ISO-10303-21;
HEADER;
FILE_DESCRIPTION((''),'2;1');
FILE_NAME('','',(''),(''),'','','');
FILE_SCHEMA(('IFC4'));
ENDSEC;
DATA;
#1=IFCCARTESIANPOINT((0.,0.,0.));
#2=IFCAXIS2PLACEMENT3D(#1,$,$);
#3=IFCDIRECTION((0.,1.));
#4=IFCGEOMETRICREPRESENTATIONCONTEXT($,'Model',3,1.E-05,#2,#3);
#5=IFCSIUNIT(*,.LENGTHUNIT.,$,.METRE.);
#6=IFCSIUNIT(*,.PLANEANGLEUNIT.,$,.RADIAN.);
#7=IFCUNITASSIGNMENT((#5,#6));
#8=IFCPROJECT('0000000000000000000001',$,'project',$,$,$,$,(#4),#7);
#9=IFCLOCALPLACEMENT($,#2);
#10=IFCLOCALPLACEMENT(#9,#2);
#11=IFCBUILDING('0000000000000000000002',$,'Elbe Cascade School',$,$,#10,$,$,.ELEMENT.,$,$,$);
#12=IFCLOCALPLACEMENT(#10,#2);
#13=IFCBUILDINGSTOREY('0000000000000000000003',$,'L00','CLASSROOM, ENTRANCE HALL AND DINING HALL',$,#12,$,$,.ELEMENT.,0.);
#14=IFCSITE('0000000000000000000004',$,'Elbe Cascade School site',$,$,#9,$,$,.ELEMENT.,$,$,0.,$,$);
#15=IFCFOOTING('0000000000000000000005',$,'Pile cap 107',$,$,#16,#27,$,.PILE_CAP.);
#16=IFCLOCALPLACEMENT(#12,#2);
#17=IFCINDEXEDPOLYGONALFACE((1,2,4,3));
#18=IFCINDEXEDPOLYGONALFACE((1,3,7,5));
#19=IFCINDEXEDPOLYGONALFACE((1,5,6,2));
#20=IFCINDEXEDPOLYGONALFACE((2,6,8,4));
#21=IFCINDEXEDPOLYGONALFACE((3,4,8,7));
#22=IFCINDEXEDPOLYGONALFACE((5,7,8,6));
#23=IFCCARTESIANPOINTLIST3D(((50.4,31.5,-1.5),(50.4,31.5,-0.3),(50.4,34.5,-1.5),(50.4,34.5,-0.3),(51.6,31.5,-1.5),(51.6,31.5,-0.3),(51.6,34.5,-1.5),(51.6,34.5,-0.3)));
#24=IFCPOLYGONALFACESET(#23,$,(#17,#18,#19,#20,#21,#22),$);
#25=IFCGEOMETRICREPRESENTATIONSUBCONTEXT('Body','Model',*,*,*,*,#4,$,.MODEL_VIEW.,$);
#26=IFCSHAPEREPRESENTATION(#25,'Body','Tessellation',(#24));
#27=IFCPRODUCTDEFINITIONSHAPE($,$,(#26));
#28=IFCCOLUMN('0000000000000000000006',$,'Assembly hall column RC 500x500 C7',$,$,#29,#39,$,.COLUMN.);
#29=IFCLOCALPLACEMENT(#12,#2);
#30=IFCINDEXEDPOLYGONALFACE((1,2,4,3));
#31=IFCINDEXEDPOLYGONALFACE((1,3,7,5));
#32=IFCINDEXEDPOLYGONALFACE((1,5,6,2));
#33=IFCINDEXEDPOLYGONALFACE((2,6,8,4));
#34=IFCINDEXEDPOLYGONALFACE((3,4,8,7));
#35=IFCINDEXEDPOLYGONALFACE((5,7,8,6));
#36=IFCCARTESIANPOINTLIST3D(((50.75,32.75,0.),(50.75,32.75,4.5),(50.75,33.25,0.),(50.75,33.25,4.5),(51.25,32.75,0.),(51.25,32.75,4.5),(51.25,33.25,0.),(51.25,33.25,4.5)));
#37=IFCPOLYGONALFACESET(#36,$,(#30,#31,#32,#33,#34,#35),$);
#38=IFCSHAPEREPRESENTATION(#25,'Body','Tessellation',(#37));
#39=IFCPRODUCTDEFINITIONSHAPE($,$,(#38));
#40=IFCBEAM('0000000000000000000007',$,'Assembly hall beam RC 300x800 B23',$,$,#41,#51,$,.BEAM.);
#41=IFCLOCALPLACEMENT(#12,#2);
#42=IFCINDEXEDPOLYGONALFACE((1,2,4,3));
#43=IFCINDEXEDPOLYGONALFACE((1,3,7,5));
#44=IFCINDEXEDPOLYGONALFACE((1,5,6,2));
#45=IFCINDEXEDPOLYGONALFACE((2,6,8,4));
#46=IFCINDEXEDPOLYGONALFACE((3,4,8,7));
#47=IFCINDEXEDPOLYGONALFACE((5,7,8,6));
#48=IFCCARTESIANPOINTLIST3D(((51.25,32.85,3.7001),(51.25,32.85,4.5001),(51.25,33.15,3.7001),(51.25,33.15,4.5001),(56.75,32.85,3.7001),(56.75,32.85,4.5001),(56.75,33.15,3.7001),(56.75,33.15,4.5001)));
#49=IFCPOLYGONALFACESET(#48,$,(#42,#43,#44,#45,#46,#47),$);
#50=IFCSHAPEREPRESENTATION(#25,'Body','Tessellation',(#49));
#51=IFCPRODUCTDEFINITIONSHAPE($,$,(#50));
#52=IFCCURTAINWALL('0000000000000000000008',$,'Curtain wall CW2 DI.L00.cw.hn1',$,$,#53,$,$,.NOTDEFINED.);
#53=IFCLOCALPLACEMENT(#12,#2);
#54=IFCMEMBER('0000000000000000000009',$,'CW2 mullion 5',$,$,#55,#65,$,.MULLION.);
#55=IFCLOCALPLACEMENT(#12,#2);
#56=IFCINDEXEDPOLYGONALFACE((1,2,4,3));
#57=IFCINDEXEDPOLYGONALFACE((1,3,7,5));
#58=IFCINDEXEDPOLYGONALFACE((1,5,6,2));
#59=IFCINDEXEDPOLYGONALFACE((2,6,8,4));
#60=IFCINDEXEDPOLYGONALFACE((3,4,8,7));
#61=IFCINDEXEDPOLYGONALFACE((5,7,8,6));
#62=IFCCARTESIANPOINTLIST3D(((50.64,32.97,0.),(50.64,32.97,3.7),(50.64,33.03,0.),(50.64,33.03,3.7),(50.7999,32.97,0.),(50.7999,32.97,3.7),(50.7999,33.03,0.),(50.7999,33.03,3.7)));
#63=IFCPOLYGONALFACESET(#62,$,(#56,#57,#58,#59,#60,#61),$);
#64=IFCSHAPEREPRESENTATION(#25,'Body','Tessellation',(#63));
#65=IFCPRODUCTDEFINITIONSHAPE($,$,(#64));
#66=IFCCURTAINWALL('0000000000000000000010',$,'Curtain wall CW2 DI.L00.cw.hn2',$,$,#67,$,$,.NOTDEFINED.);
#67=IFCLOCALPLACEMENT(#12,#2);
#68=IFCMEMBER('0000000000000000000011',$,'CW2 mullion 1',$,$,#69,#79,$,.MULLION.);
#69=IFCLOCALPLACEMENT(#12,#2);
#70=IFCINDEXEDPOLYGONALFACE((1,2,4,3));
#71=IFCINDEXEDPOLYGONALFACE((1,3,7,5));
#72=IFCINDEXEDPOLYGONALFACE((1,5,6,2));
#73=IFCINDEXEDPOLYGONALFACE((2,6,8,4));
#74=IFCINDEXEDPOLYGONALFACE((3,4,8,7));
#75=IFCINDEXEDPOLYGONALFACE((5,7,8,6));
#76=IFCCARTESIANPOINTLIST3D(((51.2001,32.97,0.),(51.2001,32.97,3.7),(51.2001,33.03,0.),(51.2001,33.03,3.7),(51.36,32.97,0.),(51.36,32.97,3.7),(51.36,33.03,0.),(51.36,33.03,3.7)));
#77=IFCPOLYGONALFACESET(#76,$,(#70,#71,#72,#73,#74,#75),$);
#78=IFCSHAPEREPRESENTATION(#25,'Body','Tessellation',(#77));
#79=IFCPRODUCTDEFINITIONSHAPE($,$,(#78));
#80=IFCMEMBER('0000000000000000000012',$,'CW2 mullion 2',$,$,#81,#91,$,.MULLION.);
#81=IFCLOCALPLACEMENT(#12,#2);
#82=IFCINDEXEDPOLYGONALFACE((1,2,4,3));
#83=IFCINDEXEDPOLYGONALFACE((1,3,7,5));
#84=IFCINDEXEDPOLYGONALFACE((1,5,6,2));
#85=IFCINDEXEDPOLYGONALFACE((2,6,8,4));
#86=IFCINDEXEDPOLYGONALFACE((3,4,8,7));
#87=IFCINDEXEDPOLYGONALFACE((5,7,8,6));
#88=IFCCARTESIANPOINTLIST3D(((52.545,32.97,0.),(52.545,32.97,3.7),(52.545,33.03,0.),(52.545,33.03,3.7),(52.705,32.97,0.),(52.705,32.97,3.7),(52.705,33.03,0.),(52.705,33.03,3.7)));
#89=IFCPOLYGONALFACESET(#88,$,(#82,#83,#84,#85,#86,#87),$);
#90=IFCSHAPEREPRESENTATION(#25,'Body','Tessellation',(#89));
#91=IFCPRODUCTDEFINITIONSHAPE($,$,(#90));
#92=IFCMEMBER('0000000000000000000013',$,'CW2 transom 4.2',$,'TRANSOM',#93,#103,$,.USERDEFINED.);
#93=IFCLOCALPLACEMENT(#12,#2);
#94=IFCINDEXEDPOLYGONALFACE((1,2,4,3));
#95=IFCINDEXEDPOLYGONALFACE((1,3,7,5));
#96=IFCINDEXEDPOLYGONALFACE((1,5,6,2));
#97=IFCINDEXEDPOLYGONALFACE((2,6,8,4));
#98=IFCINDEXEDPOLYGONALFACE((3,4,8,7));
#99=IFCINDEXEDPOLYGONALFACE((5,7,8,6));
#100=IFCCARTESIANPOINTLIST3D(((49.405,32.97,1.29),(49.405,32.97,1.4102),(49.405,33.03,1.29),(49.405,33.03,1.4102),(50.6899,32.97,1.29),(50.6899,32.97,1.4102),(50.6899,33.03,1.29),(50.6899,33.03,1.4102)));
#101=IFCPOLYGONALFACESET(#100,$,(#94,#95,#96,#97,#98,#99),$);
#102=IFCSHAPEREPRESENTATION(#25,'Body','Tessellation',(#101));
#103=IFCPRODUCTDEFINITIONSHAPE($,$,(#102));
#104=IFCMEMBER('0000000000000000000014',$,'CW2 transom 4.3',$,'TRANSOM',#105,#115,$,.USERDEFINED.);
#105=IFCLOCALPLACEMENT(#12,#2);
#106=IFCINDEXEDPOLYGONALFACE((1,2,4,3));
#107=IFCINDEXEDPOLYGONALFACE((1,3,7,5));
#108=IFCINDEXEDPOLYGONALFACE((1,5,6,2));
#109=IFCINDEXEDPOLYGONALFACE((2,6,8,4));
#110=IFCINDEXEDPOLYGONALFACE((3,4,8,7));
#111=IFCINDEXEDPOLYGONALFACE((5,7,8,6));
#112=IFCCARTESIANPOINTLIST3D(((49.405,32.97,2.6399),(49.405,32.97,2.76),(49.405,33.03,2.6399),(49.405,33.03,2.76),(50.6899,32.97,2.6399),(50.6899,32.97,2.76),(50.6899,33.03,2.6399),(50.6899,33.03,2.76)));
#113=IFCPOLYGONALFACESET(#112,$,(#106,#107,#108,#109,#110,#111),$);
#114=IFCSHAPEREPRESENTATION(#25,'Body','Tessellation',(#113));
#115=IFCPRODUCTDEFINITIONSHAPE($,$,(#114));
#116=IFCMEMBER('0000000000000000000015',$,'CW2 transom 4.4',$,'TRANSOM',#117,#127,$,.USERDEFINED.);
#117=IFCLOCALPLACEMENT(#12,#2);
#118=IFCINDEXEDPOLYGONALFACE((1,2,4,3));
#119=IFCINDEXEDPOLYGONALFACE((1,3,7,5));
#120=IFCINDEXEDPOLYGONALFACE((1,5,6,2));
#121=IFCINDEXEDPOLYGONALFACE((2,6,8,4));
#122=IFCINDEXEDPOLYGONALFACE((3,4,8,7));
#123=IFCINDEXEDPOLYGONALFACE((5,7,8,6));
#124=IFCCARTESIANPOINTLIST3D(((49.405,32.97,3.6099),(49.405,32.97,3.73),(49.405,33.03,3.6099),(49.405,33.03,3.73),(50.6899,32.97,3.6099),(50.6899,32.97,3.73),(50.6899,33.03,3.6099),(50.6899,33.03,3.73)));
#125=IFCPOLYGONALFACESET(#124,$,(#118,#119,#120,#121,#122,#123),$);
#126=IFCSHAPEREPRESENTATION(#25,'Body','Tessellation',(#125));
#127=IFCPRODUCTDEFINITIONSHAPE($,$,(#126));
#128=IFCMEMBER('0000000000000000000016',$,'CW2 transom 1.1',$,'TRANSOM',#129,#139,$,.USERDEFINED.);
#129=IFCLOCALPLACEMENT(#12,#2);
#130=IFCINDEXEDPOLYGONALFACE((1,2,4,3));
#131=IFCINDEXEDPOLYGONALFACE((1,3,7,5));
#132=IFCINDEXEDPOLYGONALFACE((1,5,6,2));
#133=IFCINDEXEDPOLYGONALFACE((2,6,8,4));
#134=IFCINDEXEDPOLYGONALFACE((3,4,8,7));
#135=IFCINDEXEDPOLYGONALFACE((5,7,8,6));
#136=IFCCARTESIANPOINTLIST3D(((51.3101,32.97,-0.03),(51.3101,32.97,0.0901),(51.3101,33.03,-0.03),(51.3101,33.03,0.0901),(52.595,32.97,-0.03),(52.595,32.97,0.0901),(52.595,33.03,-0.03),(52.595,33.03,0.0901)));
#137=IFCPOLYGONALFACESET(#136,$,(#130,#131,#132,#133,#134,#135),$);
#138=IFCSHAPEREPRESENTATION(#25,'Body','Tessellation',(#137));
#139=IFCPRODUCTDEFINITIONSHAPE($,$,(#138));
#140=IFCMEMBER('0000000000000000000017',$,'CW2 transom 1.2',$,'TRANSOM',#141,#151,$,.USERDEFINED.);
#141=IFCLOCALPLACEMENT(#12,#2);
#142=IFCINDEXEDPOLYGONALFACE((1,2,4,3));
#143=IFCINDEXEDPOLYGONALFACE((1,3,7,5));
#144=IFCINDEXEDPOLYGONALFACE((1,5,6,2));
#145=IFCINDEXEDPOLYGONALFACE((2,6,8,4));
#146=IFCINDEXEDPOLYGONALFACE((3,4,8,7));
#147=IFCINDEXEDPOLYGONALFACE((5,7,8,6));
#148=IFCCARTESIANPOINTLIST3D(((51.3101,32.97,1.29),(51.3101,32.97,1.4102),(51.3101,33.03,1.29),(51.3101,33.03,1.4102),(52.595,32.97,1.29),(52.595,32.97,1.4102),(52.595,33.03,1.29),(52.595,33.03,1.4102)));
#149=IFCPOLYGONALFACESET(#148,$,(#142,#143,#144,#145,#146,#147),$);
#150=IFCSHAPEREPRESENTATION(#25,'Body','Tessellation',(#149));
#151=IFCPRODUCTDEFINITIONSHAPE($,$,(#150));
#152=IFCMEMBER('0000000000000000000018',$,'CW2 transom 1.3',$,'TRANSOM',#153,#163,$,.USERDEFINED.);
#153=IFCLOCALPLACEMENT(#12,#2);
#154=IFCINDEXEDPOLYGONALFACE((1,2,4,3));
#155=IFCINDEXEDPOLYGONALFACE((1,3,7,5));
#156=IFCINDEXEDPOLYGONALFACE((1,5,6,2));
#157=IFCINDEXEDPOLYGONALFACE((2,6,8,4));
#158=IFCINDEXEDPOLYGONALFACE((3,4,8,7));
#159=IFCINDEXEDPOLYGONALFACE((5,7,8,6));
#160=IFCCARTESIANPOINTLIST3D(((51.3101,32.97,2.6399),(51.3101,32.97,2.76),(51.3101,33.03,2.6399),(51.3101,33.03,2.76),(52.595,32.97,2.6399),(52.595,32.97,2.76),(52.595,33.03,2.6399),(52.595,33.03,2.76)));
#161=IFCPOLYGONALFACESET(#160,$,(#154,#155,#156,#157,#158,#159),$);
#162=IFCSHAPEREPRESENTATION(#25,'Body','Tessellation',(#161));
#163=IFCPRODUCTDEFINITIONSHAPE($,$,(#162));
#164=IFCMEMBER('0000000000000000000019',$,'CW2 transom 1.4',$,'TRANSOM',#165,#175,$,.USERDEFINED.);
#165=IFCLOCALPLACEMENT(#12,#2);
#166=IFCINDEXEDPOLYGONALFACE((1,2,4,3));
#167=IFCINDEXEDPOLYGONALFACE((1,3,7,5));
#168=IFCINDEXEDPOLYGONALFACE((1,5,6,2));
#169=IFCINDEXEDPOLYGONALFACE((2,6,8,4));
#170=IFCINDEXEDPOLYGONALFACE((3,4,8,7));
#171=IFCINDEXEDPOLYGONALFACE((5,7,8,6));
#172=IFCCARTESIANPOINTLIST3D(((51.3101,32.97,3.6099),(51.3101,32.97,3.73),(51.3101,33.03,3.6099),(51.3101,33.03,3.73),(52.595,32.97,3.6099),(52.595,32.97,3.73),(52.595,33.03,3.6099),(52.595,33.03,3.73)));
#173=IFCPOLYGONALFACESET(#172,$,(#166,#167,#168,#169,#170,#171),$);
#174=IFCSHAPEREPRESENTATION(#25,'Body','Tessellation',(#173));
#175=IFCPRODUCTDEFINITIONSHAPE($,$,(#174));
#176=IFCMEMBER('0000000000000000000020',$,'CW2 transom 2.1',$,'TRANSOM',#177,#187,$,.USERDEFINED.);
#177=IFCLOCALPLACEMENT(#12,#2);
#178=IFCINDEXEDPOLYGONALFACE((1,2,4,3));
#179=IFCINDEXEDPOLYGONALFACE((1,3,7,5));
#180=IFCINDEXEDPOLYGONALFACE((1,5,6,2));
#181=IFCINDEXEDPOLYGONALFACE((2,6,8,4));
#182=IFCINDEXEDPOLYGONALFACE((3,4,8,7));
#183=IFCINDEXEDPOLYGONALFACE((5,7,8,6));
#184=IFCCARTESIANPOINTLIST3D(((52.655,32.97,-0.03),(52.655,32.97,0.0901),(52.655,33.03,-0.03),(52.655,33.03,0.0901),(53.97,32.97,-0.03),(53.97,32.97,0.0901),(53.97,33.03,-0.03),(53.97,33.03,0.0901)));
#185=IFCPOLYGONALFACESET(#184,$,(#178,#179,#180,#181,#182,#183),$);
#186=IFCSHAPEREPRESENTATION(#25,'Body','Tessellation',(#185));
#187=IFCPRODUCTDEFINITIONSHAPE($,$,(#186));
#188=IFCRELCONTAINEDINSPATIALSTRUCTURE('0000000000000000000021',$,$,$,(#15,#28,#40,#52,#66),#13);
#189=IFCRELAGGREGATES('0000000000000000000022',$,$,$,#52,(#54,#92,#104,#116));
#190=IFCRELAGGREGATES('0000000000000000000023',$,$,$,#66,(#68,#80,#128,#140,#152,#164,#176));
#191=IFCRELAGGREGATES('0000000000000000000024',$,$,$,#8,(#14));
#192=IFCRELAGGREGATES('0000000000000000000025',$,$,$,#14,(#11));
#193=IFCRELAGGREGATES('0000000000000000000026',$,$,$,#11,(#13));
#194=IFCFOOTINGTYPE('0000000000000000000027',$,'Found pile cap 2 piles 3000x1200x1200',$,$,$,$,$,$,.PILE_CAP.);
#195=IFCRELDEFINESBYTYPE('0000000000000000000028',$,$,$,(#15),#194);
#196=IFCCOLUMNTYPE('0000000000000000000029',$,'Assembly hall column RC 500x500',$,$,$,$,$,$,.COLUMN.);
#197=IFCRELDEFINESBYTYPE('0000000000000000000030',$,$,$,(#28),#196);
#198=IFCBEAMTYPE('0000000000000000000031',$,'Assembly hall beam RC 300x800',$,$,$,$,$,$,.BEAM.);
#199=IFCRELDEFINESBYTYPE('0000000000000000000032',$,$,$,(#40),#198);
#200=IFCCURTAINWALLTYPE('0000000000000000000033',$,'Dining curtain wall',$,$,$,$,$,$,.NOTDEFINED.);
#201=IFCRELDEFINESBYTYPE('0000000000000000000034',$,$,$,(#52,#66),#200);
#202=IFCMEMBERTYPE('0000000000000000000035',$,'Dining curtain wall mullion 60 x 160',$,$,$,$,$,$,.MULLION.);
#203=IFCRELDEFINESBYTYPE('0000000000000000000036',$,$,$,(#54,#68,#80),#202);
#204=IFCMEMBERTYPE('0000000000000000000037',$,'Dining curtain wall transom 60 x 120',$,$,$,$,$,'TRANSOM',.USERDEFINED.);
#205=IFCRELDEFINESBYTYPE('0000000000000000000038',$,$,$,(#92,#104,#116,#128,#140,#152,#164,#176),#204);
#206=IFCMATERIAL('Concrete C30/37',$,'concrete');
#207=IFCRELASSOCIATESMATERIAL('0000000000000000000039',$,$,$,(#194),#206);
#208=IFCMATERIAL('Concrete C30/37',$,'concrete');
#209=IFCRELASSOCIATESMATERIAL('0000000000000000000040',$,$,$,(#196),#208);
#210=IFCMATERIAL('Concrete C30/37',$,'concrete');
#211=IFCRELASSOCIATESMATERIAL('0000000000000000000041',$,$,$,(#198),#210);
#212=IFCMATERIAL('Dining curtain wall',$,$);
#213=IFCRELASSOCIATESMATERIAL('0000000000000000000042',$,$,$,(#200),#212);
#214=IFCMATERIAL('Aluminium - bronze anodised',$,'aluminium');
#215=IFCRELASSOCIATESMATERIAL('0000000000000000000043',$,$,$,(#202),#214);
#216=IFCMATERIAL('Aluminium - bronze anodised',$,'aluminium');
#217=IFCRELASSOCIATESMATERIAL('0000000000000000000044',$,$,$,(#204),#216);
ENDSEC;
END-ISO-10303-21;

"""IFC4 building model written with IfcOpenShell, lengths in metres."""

from ifc_helpers import new_model, si_unit, direction, frame, origin, origin_2d, place, context, subcontext, project, spatial, rectangle, extrude, material, material_profile, profile_set, type_object, element, aggregate, save


model = new_model("IFC4")

# Units and contexts
model_context = context("Model", 3, precision=1e-05, world=origin(), true_north=direction((0.0, 1.0)))
body_context = subcontext(model_context, "Body", "Model", "MODEL_VIEW")
ifc_project = project(units=[si_unit("LENGTHUNIT", "METRE"), si_unit("PLANEANGLEUNIT", "RADIAN")], contexts=[model_context])

# Site, building, storey
site_placement = place(None, origin())
site = spatial("IfcSite", under=ifc_project, at=site_placement, Name="Elbe Cascade School site", CompositionType="ELEMENT", RefElevation=0.0)
building_placement = place(site_placement, origin())
building = spatial("IfcBuilding", under=site, at=building_placement, Name="Elbe Cascade School", CompositionType="ELEMENT")
storey_placement = place(building_placement, origin())
storey = spatial("IfcBuildingStorey", under=building, at=storey_placement, Name="L00", Description="CLASSROOM, ENTRANCE HALL AND DINING HALL", CompositionType="ELEMENT", Elevation=0.0)

# Footing
ifc_material_1 = material(Name="Concrete C30/37", Category="concrete")
footing_type = type_object("IfcFootingType", Name="Found pile cap 2 piles 3000x1200x1200", PredefinedType="PILE_CAP", material=ifc_material_1)
footing_placement = place(storey_placement, frame((51.0, 33.0, -1.5), z_axis=(0.0, 0.0, 1.0), x_axis=(1.0, 0.0, 0.0)))
element("IfcFooting", 1, at=footing_placement, inside=storey, type_object=footing_type, Name="Pile cap 107", PredefinedType="PILE_CAP", context=body_context, shape_type="SweptSolid", body=[
    extrude(rectangle(XDim=1.2, YDim=3.0, at=origin_2d()), origin(), (0.0, 0.0, 1.0), 1.2),
])

# Column
ifc_material_2 = material(Name="Concrete C30/37", Category="concrete")
ifc_material_profile_1 = material_profile(ifc_material_2, rectangle(XDim=0.5, YDim=0.5, at=origin_2d()), Name="RC 500x500")
ifc_profile_set_1 = profile_set([ifc_material_profile_1], Name="Concrete C30/37")
column_type = type_object("IfcColumnType", Name="Assembly hall column RC 500x500", PredefinedType="COLUMN", material=ifc_profile_set_1)
column_placement = place(storey_placement, frame((51.0, 33.0, 0.0), z_axis=(0.0, 0.0, 1.0), x_axis=(1.0, 0.0, 0.0)))
element("IfcColumn", 2, at=column_placement, inside=storey, type_object=column_type, Name="Assembly hall column RC 500x500 C7", PredefinedType="COLUMN", context=body_context, shape_type="SweptSolid", body=[
    extrude(rectangle(XDim=0.5, YDim=0.5, at=origin_2d()), origin(), (0.0, 0.0, 1.0), 4.5),
])

# Beam
ifc_material_3 = material(Name="Concrete C30/37", Category="concrete")
ifc_material_profile_2 = material_profile(ifc_material_3, rectangle(XDim=0.3, YDim=0.8, at=origin_2d()), Name="RC 300x800")
ifc_profile_set_2 = profile_set([ifc_material_profile_2], Name="Concrete C30/37")
beam_type_1 = type_object("IfcBeamType", Name="Assembly hall beam RC 300x800", PredefinedType="BEAM", material=ifc_profile_set_2)
beam_1_placement = place(storey_placement, frame((51.25, 33.0, 4.1001), z_axis=(1.0, 0.0, 0.0), x_axis=(0.0, 1.0, 0.0)))
element("IfcBeam", 3, at=beam_1_placement, inside=storey, type_object=beam_type_1, Name="Assembly hall beam RC 300x800 B23", PredefinedType="BEAM", context=body_context, shape_type="SweptSolid", body=[
    extrude(rectangle(XDim=0.3, YDim=0.8, at=origin_2d()), origin(), (0.0, 0.0, 1.0), 5.5),
])

# Curtain wall, member
ifc_material_4 = material(Name="Dining curtain wall")
curtain_wall_type = type_object("IfcCurtainWallType", Name="Dining curtain wall", PredefinedType="NOTDEFINED", material=ifc_material_4)
curtain_wall_1_placement = place(storey_placement, origin())
curtain_wall_1 = element("IfcCurtainWall", 4, at=curtain_wall_1_placement, inside=storey, type_object=curtain_wall_type, Name="Curtain wall CW2 DI.L00.cw.hn1", PredefinedType="NOTDEFINED")
ifc_material_5 = material(Name="Aluminium - bronze anodised", Category="aluminium")
ifc_material_profile_3 = material_profile(ifc_material_5, rectangle(XDim=0.0601, YDim=0.1599, at=origin_2d()), Name="RECT 60x160")
ifc_profile_set_3 = profile_set([ifc_material_profile_3], Name="Aluminium - bronze anodised")
member_type_1 = type_object("IfcMemberType", Name="Dining curtain wall mullion 60 x 160", PredefinedType="MULLION", material=ifc_profile_set_3)
member_1_placement = place(storey_placement, frame((50.72, 33.0, 0.0), z_axis=(0.0, 0.0, 1.0), x_axis=(0.0, 1.0, 0.0)))
member_1 = element("IfcMember", 5, at=member_1_placement, type_object=member_type_1, Name="CW2 mullion 5", PredefinedType="MULLION", context=body_context, shape_type="SweptSolid", body=[
    extrude(rectangle(XDim=0.0601, YDim=0.1599, at=origin_2d()), origin(), (0.0, 0.0, 1.0), 3.7),
])

# Curtain wall, members
curtain_wall_2_placement = place(storey_placement, origin())
curtain_wall_2 = element("IfcCurtainWall", 6, at=curtain_wall_2_placement, inside=storey, type_object=curtain_wall_type, Name="Curtain wall CW2 DI.L00.cw.hn2", PredefinedType="NOTDEFINED")
member_2_placement = place(storey_placement, frame((51.28, 33.0, 0.0), z_axis=(0.0, 0.0, 1.0), x_axis=(0.0, 1.0, 0.0)))
member_2 = element("IfcMember", 7, at=member_2_placement, type_object=member_type_1, Name="CW2 mullion 1", PredefinedType="MULLION", context=body_context, shape_type="SweptSolid", body=[
    extrude(rectangle(XDim=0.0601, YDim=0.1599, at=origin_2d()), origin(), (0.0, 0.0, 1.0), 3.7),
])
member_3_placement = place(storey_placement, frame((52.625, 33.0, 0.0), z_axis=(0.0, 0.0, 1.0), x_axis=(0.0, 1.0, 0.0)))
member_3 = element("IfcMember", 8, at=member_3_placement, type_object=member_type_1, Name="CW2 mullion 2", PredefinedType="MULLION", context=body_context, shape_type="SweptSolid", body=[
    extrude(rectangle(XDim=0.0601, YDim=0.1599, at=origin_2d()), origin(), (0.0, 0.0, 1.0), 3.7),
])

# Members
ifc_material_6 = material(Name="Aluminium - bronze anodised", Category="aluminium")
ifc_material_profile_4 = material_profile(ifc_material_6, rectangle(XDim=0.0601, YDim=0.1201, at=origin_2d()), Name="RECT 60x120")
ifc_profile_set_4 = profile_set([ifc_material_profile_4], Name="Aluminium - bronze anodised")
member_type_2 = type_object("IfcMemberType", Name="Dining curtain wall transom 60 x 120", ElementType="TRANSOM", PredefinedType="USERDEFINED", material=ifc_profile_set_4)
member_4_placement = place(storey_placement, frame((49.405, 33.0, 1.3501), z_axis=(1.0, 0.0, 0.0), x_axis=(0.0, 1.0, 0.0)))
member_4 = element("IfcMember", 9, at=member_4_placement, type_object=member_type_2, Name="CW2 transom 4.2", ObjectType="TRANSOM", PredefinedType="USERDEFINED", context=body_context, shape_type="SweptSolid", body=[
    extrude(rectangle(XDim=0.0601, YDim=0.1201, at=origin_2d()), origin(), (0.0, 0.0, 1.0), 1.2849),
])
member_5_placement = place(storey_placement, frame((49.405, 33.0, 2.7), z_axis=(1.0, 0.0, 0.0), x_axis=(0.0, 1.0, 0.0)))
member_5 = element("IfcMember", 10, at=member_5_placement, type_object=member_type_2, Name="CW2 transom 4.3", ObjectType="TRANSOM", PredefinedType="USERDEFINED", context=body_context, shape_type="SweptSolid", body=[
    extrude(rectangle(XDim=0.0601, YDim=0.1201, at=origin_2d()), origin(), (0.0, 0.0, 1.0), 1.2849),
])
member_6_placement = place(storey_placement, frame((49.405, 33.0, 3.6699), z_axis=(1.0, 0.0, 0.0), x_axis=(0.0, 1.0, 0.0)))
member_6 = element("IfcMember", 11, at=member_6_placement, type_object=member_type_2, Name="CW2 transom 4.4", ObjectType="TRANSOM", PredefinedType="USERDEFINED", context=body_context, shape_type="SweptSolid", body=[
    extrude(rectangle(XDim=0.0601, YDim=0.1201, at=origin_2d()), origin(), (0.0, 0.0, 1.0), 1.2849),
])
member_7_placement = place(storey_placement, frame((51.3101, 33.0, 0.03), z_axis=(1.0, 0.0, 0.0), x_axis=(0.0, 1.0, 0.0)))
member_7 = element("IfcMember", 12, at=member_7_placement, type_object=member_type_2, Name="CW2 transom 1.1", ObjectType="TRANSOM", PredefinedType="USERDEFINED", context=body_context, shape_type="SweptSolid", body=[
    extrude(rectangle(XDim=0.0601, YDim=0.1201, at=origin_2d()), origin(), (0.0, 0.0, 1.0), 1.2849),
])
member_8_placement = place(storey_placement, frame((51.3101, 33.0, 1.3501), z_axis=(1.0, 0.0, 0.0), x_axis=(0.0, 1.0, 0.0)))
member_8 = element("IfcMember", 13, at=member_8_placement, type_object=member_type_2, Name="CW2 transom 1.2", ObjectType="TRANSOM", PredefinedType="USERDEFINED", context=body_context, shape_type="SweptSolid", body=[
    extrude(rectangle(XDim=0.0601, YDim=0.1201, at=origin_2d()), origin(), (0.0, 0.0, 1.0), 1.2849),
])
member_9_placement = place(storey_placement, frame((51.3101, 33.0, 2.7), z_axis=(1.0, 0.0, 0.0), x_axis=(0.0, 1.0, 0.0)))
member_9 = element("IfcMember", 14, at=member_9_placement, type_object=member_type_2, Name="CW2 transom 1.3", ObjectType="TRANSOM", PredefinedType="USERDEFINED", context=body_context, shape_type="SweptSolid", body=[
    extrude(rectangle(XDim=0.0601, YDim=0.1201, at=origin_2d()), origin(), (0.0, 0.0, 1.0), 1.2849),
])
member_10_placement = place(storey_placement, frame((51.3101, 33.0, 3.6699), z_axis=(1.0, 0.0, 0.0), x_axis=(0.0, 1.0, 0.0)))
member_10 = element("IfcMember", 15, at=member_10_placement, type_object=member_type_2, Name="CW2 transom 1.4", ObjectType="TRANSOM", PredefinedType="USERDEFINED", context=body_context, shape_type="SweptSolid", body=[
    extrude(rectangle(XDim=0.0601, YDim=0.1201, at=origin_2d()), origin(), (0.0, 0.0, 1.0), 1.2849),
])
member_11_placement = place(storey_placement, frame((52.655, 33.0, 0.03), z_axis=(1.0, 0.0, 0.0), x_axis=(0.0, 1.0, 0.0)))
member_11 = element("IfcMember", 16, at=member_11_placement, type_object=member_type_2, Name="CW2 transom 2.1", ObjectType="TRANSOM", PredefinedType="USERDEFINED", context=body_context, shape_type="SweptSolid", body=[
    extrude(rectangle(XDim=0.0601, YDim=0.1201, at=origin_2d()), origin(), (0.0, 0.0, 1.0), 1.3149),
])

aggregate(curtain_wall_1, [member_1, member_4, member_5, member_6])
aggregate(curtain_wall_2, [member_2, member_3, member_7, member_8, member_9, member_10, member_11])

save(model, "model.ifc")
